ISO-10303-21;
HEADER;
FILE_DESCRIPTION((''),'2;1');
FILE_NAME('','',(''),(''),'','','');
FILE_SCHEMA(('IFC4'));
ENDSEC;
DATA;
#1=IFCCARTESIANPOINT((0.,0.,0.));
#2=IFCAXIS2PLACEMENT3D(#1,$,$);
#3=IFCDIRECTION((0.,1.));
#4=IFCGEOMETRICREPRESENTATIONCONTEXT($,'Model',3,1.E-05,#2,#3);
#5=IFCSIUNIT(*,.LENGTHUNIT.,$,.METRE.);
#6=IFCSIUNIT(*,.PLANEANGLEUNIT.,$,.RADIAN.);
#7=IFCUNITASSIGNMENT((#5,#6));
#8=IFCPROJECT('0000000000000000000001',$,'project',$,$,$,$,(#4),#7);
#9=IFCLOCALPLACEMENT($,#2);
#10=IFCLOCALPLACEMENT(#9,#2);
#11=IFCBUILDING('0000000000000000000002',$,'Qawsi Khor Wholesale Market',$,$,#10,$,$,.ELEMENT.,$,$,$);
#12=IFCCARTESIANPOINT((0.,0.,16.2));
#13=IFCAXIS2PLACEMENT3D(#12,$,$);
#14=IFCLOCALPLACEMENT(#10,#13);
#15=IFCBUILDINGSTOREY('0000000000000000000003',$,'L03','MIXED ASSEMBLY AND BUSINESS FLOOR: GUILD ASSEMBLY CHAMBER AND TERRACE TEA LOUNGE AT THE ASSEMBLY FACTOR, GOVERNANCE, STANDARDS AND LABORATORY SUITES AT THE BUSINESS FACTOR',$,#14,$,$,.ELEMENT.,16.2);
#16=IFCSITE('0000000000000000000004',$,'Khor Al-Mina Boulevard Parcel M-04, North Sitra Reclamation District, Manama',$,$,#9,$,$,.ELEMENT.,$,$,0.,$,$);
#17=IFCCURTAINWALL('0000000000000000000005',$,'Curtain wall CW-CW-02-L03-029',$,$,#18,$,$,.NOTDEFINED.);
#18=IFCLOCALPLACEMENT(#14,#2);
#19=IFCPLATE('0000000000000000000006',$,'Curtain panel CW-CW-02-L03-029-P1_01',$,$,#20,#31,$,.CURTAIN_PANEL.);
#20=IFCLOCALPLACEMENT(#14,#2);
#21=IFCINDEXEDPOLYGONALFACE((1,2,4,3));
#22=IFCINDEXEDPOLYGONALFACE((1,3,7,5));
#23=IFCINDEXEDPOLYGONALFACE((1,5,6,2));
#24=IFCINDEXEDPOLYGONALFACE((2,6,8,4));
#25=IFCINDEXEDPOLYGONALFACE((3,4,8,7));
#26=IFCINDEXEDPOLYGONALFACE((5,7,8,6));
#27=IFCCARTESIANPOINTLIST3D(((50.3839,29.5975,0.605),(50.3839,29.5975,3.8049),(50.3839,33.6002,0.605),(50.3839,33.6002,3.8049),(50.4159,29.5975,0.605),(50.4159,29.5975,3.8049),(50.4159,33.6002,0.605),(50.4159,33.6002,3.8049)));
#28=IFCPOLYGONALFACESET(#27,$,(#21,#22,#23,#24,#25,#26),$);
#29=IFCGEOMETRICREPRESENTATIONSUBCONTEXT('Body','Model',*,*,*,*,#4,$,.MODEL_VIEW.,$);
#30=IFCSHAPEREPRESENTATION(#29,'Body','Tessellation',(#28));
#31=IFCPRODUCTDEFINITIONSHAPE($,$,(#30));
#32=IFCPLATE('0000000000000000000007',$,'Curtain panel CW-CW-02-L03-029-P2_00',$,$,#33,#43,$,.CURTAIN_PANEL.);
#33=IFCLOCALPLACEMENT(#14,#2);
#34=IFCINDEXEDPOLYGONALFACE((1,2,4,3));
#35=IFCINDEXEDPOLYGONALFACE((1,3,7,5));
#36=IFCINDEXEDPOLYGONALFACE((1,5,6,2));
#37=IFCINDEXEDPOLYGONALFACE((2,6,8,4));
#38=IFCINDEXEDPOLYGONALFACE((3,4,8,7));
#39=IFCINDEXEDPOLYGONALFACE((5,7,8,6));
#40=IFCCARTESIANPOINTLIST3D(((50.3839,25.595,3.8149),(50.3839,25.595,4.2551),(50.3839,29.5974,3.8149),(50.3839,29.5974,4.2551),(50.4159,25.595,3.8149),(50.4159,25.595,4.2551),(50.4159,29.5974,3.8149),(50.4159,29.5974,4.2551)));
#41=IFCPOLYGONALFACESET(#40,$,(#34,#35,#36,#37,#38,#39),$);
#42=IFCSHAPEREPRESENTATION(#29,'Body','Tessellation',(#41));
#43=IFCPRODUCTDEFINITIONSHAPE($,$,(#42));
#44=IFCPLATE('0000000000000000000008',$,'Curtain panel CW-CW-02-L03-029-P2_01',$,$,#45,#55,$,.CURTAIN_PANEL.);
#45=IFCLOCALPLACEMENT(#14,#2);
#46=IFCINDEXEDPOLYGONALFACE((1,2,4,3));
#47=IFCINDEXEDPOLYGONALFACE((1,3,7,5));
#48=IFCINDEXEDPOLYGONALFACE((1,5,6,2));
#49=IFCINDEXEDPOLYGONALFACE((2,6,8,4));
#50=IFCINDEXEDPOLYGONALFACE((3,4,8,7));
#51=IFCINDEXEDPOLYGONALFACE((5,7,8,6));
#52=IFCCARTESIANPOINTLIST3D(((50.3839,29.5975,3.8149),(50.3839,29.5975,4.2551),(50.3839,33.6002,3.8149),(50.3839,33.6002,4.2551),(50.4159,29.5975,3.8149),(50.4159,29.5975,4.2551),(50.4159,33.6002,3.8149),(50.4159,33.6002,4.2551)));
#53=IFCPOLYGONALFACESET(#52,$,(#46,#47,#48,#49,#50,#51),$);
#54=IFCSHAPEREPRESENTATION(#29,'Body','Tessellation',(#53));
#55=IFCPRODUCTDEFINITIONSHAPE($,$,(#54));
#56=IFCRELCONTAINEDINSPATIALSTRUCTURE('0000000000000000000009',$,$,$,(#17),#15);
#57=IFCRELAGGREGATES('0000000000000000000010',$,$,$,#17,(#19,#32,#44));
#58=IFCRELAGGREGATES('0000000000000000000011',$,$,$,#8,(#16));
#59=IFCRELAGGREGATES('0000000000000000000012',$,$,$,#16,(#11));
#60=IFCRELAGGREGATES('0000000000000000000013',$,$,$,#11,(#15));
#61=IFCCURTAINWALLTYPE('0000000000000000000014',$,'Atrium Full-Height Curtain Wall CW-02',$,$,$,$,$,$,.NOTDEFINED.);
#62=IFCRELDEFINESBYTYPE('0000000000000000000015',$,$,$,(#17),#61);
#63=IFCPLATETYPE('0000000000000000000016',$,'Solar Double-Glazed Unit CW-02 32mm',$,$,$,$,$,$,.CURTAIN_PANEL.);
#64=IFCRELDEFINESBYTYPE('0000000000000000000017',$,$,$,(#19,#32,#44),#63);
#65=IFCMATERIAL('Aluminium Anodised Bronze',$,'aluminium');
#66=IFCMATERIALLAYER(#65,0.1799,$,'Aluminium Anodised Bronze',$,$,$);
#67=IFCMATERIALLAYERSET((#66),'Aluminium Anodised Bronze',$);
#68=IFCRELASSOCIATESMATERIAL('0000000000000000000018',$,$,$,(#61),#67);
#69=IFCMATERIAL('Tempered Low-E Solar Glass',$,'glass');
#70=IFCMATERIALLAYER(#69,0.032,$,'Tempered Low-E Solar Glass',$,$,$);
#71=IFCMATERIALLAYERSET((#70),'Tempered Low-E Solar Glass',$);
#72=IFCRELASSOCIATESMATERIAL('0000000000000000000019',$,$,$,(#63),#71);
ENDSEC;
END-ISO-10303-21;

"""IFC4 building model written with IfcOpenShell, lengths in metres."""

from ifc_helpers import new_model, si_unit, direction, frame, frame_2d, origin, place, context, subcontext, project, spatial, rectangle, extrude, material, layer, layer_set, type_object, element, aggregate, save


model = new_model("IFC4")

# Units and contexts
model_context = context("Model", 3, precision=1e-05, world=origin(), true_north=direction((0.0, 1.0)))
body_context = subcontext(model_context, "Body", "Model", "MODEL_VIEW")
ifc_project = project(units=[si_unit("LENGTHUNIT", "METRE"), si_unit("PLANEANGLEUNIT", "RADIAN")], contexts=[model_context])

# Site, building, storey
site_placement = place(None, origin())
site = spatial("IfcSite", under=ifc_project, at=site_placement, Name="Khor Al-Mina Boulevard Parcel M-04, North Sitra Reclamation District, Manama", CompositionType="ELEMENT", RefElevation=0.0)
building_placement = place(site_placement, origin())
building = spatial("IfcBuilding", under=site, at=building_placement, Name="Qawsi Khor Wholesale Market", CompositionType="ELEMENT")
storey_placement = place(building_placement, frame((0.0, 0.0, 16.2)))
storey = spatial("IfcBuildingStorey", under=building, at=storey_placement, Name="L03", Description="MIXED ASSEMBLY AND BUSINESS FLOOR: GUILD ASSEMBLY CHAMBER AND TERRACE TEA LOUNGE AT THE ASSEMBLY FACTOR, GOVERNANCE, STANDARDS AND LABORATORY SUITES AT THE BUSINESS FACTOR", CompositionType="ELEMENT", Elevation=16.2)

# Shared definitions
ifc_material_1 = material(Name="Aluminium Anodised Bronze", Category="aluminium")
ifc_layer_1 = layer(ifc_material_1, 0.1799, Name="Aluminium Anodised Bronze")
ifc_layer_set_1 = layer_set([ifc_layer_1], Name="Aluminium Anodised Bronze")
curtain_wall_type = type_object("IfcCurtainWallType", Name="Atrium Full-Height Curtain Wall CW-02", PredefinedType="NOTDEFINED", material=ifc_layer_set_1)

# Curtain wall
curtain_wall_1_placement = place(storey_placement, origin())
curtain_wall_1 = element("IfcCurtainWall", 1, at=curtain_wall_1_placement, inside=storey, type_object=curtain_wall_type, Name="Curtain wall CW-CW-02-L03-029", PredefinedType="NOTDEFINED")

# Plates
ifc_material_2 = material(Name="Tempered Low-E Solar Glass", Category="glass")
ifc_layer_2 = layer(ifc_material_2, 0.032, Name="Tempered Low-E Solar Glass")
ifc_layer_set_2 = layer_set([ifc_layer_2], Name="Tempered Low-E Solar Glass")
plate_type_1 = type_object("IfcPlateType", Name="Solar Double-Glazed Unit CW-02 32mm", PredefinedType="CURTAIN_PANEL", material=ifc_layer_set_2)
plate_1_placement = place(storey_placement, frame((50.3999, 29.5974, 0.605), z_axis=(0.0, 0.0, 1.0), x_axis=(0.0, 1.0, 0.0)))
plate_1 = element("IfcPlate", 2, at=plate_1_placement, type_object=plate_type_1, Name="Curtain panel CW-CW-02-L03-029-P1_01", PredefinedType="CURTAIN_PANEL", context=body_context, shape_type="SweptSolid", body=[
    extrude(rectangle(XDim=4.0027, YDim=0.032, at=frame_2d((2.0015, 0.0))), origin(), (0.0, 0.0, 1.0), 3.2),
])
plate_2_placement = place(storey_placement, frame((50.3999, 25.595, 3.8149), z_axis=(0.0, 0.0, 1.0), x_axis=(0.0, 1.0, 0.0)))
plate_2 = element("IfcPlate", 3, at=plate_2_placement, type_object=plate_type_1, Name="Curtain panel CW-CW-02-L03-029-P2_00", PredefinedType="CURTAIN_PANEL", context=body_context, shape_type="SweptSolid", body=[
    extrude(rectangle(XDim=4.0024, YDim=0.032, at=frame_2d((2.0012, 0.0))), origin(), (0.0, 0.0, 1.0), 0.4402),
])
plate_3_placement = place(storey_placement, frame((50.3999, 29.5974, 3.8149), z_axis=(0.0, 0.0, 1.0), x_axis=(0.0, 1.0, 0.0)))
plate_3 = element("IfcPlate", 4, at=plate_3_placement, type_object=plate_type_1, Name="Curtain panel CW-CW-02-L03-029-P2_01", PredefinedType="CURTAIN_PANEL", context=body_context, shape_type="SweptSolid", body=[
    extrude(rectangle(XDim=4.0027, YDim=0.032, at=frame_2d((2.0015, 0.0))), origin(), (0.0, 0.0, 1.0), 0.4402),
])
aggregate(curtain_wall_1, [plate_1, plate_2, plate_3])

save(model, "model.ifc")
